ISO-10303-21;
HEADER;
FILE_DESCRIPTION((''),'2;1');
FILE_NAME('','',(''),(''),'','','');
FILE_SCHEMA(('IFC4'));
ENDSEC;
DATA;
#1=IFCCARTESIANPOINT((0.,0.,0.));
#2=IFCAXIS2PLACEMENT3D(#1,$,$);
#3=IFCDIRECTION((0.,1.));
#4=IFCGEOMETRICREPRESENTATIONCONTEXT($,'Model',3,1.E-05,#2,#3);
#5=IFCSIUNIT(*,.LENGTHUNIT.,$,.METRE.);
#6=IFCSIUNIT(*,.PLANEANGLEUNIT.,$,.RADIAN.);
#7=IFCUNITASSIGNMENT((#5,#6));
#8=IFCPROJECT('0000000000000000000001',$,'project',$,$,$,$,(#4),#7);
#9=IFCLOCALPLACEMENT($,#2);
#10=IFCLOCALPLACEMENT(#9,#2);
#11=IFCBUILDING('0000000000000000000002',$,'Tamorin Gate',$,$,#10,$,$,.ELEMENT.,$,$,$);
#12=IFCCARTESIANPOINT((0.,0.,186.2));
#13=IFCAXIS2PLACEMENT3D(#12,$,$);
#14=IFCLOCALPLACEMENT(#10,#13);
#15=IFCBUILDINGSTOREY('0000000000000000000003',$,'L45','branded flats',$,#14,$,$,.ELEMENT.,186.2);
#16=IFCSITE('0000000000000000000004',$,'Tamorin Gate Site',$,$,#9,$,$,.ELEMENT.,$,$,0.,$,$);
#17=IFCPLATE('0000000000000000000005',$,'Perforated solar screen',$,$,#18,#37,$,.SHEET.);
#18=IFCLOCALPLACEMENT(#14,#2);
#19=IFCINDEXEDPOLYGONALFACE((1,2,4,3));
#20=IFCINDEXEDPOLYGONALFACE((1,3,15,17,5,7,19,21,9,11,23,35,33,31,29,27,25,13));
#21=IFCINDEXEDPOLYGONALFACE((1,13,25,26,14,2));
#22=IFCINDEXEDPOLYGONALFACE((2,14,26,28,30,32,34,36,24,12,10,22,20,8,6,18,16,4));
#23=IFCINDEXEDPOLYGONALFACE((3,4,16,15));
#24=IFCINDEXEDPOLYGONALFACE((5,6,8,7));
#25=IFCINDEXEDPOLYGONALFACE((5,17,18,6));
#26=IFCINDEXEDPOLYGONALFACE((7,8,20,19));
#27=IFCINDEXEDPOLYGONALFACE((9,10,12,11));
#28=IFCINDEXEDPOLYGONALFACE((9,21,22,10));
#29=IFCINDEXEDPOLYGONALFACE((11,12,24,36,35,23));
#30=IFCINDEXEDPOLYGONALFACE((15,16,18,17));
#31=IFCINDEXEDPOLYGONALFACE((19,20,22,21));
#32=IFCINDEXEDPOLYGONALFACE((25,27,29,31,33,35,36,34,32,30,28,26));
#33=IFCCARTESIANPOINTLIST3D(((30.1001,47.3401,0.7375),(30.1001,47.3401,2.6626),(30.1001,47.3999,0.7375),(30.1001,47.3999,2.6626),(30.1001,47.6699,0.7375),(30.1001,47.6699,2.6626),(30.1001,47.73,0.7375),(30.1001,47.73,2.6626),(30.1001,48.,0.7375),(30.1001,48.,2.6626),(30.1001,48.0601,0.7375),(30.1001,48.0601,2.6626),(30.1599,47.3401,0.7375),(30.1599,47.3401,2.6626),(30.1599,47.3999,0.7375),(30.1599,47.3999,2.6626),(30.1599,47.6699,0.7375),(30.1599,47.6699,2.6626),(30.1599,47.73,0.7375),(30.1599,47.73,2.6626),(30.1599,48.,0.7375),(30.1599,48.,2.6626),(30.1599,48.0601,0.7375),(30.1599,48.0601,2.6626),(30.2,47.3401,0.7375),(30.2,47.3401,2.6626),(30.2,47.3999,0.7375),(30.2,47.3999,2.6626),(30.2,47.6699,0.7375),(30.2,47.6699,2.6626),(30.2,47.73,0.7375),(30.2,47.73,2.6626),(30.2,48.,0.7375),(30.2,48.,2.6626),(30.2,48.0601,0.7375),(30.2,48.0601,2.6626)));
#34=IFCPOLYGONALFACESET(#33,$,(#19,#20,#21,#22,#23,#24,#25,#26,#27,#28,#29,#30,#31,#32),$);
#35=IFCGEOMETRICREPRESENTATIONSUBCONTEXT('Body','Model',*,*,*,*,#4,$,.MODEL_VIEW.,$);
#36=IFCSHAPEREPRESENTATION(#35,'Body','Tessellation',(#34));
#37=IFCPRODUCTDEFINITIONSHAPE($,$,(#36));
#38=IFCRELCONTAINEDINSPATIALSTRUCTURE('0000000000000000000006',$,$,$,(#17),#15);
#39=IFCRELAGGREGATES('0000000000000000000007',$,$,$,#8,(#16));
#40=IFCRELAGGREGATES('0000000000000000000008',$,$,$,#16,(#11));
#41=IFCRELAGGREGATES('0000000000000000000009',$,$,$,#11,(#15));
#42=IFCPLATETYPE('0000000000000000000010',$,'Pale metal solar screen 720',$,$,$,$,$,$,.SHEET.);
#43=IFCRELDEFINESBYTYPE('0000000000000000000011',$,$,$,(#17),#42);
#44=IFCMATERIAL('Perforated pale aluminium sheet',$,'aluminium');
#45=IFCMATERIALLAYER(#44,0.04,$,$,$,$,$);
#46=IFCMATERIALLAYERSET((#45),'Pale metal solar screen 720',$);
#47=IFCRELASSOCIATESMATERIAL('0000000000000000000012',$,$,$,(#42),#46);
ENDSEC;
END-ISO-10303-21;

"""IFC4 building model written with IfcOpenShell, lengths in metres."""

from ifc_helpers import new_model, si_unit, direction, frame, origin, place, context, subcontext, project, spatial, polyline, outline, extrude, material, layer, layer_set, type_object, element, save


model = new_model("IFC4")

# Units and contexts
model_context = context("Model", 3, precision=1e-05, world=origin(), true_north=direction((0.0, 1.0)))
body_context = subcontext(model_context, "Body", "Model", "MODEL_VIEW")
ifc_project = project(units=[si_unit("LENGTHUNIT", "METRE"), si_unit("PLANEANGLEUNIT", "RADIAN")], contexts=[model_context])

# Site, building, storey
site_placement = place(None, origin())
site = spatial("IfcSite", under=ifc_project, at=site_placement, Name="Tamorin Gate Site", CompositionType="ELEMENT", RefElevation=0.0)
building_placement = place(site_placement, origin())
building = spatial("IfcBuilding", under=site, at=building_placement, Name="Tamorin Gate", CompositionType="ELEMENT")
storey_placement = place(building_placement, frame((0.0, 0.0, 186.2)))
storey = spatial("IfcBuildingStorey", under=building, at=storey_placement, Name="L45", Description="branded flats", CompositionType="ELEMENT", Elevation=186.2)

# Plate
ifc_material_1 = material(Name="Perforated pale aluminium sheet", Category="aluminium")
ifc_layer_1 = layer(ifc_material_1, 0.04)
ifc_layer_set_1 = layer_set([ifc_layer_1], Name="Pale metal solar screen 720")
plate_type_1 = type_object("IfcPlateType", Name="Pale metal solar screen 720", PredefinedType="SHEET", material=ifc_layer_set_1)
plate_1_placement = place(storey_placement, frame((0.0, 0.0, 0.7375)))
element("IfcPlate", 1, at=plate_1_placement, inside=storey, type_object=plate_type_1, Name="Perforated solar screen", PredefinedType="SHEET", context=body_context, shape_type="SweptSolid", body=[
    extrude(outline(polyline([(30.1599, 48.0601), (30.2, 48.0601), (30.2, 48.0), (30.2, 47.73), (30.2, 47.6699), (30.2, 47.3999), (30.2, 47.3401), (30.1599, 47.3401), (30.1001, 47.3401), (30.1001, 47.3999), (30.1599, 47.3999), (30.1599, 47.6699), (30.1001, 47.6699), (30.1001, 47.73), (30.1599, 47.73), (30.1599, 48.0), (30.1001, 48.0), (30.1001, 48.0601), (30.1599, 48.0601)])), origin(), (0.0, 0.0, 1.0), 1.925),
])

save(model, "model.ifc")
